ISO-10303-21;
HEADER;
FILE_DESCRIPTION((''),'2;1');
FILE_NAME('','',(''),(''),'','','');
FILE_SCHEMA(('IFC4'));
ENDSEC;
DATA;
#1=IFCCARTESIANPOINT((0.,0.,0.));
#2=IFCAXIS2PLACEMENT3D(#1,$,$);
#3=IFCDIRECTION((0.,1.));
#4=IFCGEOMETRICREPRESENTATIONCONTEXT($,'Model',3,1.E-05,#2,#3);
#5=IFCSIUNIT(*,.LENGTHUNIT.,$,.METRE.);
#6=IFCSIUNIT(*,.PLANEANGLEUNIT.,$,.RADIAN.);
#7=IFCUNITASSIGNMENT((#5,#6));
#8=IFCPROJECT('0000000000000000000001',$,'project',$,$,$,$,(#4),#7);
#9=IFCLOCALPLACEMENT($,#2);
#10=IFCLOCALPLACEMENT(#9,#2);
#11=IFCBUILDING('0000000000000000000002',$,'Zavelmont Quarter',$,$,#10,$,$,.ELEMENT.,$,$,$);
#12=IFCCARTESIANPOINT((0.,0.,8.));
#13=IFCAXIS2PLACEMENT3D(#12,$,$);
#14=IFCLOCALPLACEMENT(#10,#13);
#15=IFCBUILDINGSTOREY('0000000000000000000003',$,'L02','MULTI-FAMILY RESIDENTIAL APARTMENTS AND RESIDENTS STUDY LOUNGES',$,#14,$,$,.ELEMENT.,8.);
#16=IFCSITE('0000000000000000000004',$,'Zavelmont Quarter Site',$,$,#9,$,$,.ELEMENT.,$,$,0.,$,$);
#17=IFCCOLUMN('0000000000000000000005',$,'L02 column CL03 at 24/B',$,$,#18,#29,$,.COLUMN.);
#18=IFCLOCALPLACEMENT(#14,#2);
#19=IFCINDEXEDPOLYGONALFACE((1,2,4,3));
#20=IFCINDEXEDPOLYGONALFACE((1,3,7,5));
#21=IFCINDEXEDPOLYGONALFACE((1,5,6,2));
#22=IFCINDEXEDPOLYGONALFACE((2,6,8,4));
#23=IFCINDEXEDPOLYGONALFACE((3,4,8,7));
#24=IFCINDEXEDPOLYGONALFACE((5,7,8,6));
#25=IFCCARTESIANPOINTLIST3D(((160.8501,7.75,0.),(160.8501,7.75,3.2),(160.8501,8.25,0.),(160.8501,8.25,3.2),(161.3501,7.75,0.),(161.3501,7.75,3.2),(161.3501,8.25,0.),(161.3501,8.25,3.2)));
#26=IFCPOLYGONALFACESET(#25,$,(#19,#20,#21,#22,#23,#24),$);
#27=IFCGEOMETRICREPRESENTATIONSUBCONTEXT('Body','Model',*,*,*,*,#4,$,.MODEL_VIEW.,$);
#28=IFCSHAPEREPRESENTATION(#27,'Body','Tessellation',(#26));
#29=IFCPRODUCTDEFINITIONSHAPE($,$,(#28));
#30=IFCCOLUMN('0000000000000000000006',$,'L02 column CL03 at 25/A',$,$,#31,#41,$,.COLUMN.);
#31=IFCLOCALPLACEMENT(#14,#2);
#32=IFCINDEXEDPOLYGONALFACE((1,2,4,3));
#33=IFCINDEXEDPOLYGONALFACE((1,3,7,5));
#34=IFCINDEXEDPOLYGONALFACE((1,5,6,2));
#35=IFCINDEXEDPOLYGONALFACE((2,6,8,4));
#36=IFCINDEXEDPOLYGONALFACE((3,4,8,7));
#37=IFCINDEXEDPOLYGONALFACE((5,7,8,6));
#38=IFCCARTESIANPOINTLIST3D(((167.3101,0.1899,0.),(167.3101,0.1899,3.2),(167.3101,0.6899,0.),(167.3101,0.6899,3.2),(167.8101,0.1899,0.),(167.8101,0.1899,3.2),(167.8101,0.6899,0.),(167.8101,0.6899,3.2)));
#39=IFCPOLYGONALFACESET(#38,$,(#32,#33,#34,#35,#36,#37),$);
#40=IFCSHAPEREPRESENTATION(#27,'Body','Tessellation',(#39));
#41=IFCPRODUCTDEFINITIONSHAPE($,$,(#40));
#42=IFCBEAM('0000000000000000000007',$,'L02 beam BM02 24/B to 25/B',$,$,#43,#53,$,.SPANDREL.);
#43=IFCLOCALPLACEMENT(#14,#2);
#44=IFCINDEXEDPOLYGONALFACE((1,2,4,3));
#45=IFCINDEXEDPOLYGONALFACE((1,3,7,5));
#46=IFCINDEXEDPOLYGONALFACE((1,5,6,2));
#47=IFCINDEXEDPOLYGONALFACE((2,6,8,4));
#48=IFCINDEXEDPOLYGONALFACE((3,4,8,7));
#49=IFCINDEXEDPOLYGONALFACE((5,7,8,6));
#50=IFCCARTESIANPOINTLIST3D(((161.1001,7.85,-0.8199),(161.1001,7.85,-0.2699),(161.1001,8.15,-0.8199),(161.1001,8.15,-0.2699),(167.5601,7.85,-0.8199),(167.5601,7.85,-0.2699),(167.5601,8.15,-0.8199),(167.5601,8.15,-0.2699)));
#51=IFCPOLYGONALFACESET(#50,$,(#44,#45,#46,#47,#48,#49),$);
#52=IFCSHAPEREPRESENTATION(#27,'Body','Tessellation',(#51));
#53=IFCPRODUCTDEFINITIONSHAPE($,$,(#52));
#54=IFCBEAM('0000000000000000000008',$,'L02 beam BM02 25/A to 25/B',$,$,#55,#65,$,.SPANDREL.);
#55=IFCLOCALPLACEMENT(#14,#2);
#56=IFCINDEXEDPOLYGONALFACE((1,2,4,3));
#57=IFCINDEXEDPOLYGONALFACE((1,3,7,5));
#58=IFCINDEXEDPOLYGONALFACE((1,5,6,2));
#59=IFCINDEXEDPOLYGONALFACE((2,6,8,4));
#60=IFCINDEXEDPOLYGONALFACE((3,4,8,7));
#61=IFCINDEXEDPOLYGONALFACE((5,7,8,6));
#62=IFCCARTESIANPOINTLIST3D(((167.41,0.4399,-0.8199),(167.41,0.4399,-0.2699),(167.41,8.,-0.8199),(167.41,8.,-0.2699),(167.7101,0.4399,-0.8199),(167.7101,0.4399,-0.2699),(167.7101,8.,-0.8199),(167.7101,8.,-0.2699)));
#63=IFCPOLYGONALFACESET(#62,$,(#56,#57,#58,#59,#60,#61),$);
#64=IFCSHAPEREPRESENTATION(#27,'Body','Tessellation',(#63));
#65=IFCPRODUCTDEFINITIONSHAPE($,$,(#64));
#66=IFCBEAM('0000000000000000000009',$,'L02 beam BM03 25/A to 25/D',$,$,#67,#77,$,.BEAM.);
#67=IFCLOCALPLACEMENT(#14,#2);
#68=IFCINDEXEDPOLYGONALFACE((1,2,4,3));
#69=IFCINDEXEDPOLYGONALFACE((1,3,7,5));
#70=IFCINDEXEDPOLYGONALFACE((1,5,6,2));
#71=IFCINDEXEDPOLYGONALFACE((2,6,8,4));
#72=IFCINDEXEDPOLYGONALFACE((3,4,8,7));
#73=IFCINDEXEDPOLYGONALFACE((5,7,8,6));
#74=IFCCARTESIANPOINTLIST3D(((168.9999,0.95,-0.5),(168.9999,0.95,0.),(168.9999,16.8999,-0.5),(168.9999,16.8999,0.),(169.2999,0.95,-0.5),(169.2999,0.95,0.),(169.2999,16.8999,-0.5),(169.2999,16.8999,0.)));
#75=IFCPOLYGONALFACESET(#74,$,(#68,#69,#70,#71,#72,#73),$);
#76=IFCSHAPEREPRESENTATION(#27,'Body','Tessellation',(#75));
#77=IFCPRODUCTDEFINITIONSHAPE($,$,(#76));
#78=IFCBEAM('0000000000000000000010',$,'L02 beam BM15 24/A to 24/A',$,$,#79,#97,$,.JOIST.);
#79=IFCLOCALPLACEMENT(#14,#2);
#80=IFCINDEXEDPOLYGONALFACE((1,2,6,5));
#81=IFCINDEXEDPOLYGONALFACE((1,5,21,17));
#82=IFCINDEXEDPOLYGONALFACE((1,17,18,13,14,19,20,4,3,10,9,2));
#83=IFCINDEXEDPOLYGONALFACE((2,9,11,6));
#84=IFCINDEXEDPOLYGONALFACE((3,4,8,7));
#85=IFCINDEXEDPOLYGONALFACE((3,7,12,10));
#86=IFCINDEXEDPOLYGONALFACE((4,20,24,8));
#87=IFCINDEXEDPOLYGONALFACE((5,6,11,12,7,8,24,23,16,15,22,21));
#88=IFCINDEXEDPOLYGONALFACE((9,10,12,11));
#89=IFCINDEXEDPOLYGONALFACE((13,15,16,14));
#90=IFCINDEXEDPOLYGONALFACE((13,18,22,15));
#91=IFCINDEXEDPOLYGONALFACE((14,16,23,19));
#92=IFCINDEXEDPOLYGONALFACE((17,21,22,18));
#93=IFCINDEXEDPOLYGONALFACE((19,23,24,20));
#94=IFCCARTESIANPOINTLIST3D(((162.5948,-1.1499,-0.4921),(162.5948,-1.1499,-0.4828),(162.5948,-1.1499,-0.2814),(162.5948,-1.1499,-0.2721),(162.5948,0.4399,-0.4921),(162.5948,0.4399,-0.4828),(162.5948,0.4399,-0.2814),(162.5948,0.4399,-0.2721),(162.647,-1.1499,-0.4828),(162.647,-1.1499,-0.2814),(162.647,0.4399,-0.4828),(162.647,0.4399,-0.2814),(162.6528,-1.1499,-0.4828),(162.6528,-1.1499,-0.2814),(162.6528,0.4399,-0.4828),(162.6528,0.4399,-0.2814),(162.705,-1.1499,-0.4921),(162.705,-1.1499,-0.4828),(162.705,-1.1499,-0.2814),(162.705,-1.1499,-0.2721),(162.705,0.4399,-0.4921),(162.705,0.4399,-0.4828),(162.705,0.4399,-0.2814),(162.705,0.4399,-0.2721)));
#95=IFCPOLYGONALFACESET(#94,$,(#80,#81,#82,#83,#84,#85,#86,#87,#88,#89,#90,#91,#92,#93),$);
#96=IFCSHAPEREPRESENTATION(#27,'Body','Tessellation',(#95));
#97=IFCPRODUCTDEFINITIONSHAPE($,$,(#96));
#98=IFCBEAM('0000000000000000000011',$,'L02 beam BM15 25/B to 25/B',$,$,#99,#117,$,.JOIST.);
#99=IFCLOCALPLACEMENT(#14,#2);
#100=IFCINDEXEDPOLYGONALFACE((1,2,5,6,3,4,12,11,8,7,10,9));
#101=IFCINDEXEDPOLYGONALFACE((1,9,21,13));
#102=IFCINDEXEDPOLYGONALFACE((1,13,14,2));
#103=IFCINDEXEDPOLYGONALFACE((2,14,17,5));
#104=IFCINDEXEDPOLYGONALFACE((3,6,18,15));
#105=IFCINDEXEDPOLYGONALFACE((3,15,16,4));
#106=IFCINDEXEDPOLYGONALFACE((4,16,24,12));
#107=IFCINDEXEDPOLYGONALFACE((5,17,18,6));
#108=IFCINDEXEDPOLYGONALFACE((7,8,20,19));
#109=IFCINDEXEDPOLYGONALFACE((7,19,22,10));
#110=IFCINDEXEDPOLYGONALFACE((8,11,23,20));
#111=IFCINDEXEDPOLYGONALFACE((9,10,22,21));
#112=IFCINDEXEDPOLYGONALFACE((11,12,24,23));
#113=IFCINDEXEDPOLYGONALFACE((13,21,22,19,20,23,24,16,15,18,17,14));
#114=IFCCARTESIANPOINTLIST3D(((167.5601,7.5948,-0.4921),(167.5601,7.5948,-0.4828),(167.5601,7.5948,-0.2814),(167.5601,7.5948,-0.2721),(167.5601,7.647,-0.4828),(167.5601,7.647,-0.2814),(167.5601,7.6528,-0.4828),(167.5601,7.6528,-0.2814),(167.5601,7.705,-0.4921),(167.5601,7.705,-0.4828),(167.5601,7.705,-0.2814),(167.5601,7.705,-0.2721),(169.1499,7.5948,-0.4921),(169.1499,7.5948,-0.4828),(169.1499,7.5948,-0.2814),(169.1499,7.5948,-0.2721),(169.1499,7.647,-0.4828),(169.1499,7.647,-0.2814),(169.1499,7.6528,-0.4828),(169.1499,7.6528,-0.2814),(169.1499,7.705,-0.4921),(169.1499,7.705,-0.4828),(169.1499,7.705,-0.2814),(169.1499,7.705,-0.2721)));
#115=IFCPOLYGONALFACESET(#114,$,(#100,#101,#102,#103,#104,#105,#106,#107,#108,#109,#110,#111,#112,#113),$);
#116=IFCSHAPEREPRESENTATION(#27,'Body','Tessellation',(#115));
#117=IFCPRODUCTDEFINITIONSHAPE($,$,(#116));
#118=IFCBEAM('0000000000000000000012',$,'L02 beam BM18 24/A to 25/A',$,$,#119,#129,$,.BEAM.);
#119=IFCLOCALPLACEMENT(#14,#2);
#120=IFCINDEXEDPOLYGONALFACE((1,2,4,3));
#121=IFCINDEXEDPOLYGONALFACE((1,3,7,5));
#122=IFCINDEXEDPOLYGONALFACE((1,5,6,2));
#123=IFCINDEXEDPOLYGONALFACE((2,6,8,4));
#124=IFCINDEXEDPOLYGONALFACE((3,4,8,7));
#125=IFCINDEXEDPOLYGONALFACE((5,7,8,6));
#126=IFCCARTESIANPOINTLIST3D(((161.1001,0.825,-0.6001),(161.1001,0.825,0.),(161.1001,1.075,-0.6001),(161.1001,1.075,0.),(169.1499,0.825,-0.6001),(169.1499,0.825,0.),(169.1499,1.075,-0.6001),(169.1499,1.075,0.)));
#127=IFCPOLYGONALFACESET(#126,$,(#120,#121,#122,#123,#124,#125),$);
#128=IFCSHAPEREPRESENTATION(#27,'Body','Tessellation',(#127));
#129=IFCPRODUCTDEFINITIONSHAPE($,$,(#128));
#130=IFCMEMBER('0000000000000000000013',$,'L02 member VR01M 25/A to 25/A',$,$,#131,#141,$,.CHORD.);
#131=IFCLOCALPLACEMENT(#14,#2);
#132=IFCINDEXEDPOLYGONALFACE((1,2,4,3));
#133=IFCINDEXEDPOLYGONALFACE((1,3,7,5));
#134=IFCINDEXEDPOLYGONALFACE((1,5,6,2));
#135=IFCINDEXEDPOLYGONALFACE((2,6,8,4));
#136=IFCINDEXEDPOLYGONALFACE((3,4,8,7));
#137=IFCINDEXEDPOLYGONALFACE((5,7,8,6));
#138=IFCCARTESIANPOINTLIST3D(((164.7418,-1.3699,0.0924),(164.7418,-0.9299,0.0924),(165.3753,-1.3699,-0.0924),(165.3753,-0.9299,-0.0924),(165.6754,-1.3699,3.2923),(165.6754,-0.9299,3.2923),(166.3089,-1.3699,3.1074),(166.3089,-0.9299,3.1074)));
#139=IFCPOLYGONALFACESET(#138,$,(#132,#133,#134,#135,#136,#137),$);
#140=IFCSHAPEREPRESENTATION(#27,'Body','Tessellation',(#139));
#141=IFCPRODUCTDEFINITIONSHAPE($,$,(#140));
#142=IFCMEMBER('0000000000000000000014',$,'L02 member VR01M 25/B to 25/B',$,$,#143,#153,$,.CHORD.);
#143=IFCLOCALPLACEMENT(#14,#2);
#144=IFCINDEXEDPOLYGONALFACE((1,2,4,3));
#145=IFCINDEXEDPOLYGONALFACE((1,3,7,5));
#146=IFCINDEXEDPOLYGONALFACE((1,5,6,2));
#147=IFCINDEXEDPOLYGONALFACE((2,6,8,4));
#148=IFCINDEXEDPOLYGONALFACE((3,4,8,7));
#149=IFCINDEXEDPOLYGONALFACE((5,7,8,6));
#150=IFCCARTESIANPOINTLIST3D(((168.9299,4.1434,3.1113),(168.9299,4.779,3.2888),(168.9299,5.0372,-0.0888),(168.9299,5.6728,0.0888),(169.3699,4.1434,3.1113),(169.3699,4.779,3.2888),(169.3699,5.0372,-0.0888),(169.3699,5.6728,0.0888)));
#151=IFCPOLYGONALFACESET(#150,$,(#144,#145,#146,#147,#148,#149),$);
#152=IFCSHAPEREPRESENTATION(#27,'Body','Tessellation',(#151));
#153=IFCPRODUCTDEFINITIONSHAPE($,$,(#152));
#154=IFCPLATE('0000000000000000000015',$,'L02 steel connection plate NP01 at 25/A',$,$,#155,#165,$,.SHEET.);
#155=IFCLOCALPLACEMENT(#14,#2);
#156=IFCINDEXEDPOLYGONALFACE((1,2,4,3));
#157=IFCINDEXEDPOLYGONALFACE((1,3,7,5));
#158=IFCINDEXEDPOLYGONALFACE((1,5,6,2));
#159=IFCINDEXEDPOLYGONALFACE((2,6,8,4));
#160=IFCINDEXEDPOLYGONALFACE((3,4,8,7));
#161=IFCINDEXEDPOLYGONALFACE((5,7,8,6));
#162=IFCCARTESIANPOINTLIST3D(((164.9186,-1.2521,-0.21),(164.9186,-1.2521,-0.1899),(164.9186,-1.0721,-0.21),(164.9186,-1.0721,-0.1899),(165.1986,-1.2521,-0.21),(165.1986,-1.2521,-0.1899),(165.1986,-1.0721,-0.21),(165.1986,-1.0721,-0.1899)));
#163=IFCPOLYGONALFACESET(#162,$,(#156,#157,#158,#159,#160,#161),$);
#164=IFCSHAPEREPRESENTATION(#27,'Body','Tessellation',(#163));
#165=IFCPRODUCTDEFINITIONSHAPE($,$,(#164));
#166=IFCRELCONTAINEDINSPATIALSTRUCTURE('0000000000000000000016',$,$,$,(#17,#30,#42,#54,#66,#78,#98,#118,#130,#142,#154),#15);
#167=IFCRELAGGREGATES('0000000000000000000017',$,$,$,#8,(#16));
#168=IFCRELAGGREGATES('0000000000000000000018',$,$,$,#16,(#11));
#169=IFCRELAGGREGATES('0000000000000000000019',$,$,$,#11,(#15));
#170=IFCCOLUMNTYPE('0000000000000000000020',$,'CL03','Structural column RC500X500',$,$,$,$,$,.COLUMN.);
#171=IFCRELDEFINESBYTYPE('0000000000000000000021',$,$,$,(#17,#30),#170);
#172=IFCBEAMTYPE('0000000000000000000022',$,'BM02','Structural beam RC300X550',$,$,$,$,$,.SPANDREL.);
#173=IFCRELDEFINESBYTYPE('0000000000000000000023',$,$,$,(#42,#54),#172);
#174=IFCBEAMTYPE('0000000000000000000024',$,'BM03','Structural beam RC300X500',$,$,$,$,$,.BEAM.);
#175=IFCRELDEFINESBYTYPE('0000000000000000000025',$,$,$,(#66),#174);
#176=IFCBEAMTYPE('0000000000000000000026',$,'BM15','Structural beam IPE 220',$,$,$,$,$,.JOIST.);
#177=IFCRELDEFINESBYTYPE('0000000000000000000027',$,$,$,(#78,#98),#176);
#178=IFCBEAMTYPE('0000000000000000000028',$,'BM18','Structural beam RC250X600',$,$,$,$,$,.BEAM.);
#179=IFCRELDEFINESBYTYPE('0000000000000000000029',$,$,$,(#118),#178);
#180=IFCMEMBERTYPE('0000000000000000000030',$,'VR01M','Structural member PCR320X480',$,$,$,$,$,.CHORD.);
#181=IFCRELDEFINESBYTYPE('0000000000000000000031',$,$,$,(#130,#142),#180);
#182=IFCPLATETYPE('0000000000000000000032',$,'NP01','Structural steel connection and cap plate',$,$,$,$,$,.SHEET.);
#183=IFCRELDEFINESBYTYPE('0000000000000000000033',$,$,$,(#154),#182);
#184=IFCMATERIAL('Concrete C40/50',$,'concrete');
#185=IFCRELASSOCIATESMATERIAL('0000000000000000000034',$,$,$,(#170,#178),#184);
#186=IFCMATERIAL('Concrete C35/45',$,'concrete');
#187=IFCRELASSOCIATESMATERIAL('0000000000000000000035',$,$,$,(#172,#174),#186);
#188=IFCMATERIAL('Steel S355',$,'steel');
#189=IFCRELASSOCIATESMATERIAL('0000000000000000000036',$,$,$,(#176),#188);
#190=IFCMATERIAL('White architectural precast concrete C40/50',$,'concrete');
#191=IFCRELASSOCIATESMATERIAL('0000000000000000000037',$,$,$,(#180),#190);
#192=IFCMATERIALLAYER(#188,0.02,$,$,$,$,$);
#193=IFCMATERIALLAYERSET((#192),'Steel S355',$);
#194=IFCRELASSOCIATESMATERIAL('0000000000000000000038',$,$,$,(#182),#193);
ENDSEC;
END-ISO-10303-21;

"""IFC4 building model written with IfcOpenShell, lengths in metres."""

from ifc_helpers import new_model, si_unit, direction, frame, origin, origin_2d, place, context, subcontext, project, spatial, rectangle, i_section, extrude, material, layer, layer_set, material_profile, profile_set, type_object, element, save


model = new_model("IFC4")

# Units and contexts
model_context = context("Model", 3, precision=1e-05, world=origin(), true_north=direction((0.0, 1.0)))
body_context = subcontext(model_context, "Body", "Model", "MODEL_VIEW")
ifc_project = project(units=[si_unit("LENGTHUNIT", "METRE"), si_unit("PLANEANGLEUNIT", "RADIAN")], contexts=[model_context])

# Site, building, storey
site_placement = place(None, origin())
site = spatial("IfcSite", under=ifc_project, at=site_placement, Name="Zavelmont Quarter Site", CompositionType="ELEMENT", RefElevation=0.0)
building_placement = place(site_placement, origin())
building = spatial("IfcBuilding", under=site, at=building_placement, Name="Zavelmont Quarter", CompositionType="ELEMENT")
storey_placement = place(building_placement, frame((0.0, 0.0, 8.0)))
storey = spatial("IfcBuildingStorey", under=building, at=storey_placement, Name="L02", Description="MULTI-FAMILY RESIDENTIAL APARTMENTS AND RESIDENTS STUDY LOUNGES", CompositionType="ELEMENT", Elevation=8.0)

# Columns
ifc_material_1 = material(Name="Concrete C40/50", Category="concrete")
ifc_material_profile_1 = material_profile(ifc_material_1, rectangle(XDim=0.5, YDim=0.5, at=origin_2d()), Name="RC500X500")
ifc_profile_set_1 = profile_set([ifc_material_profile_1], Name="Concrete C40/50")
column_type = type_object("IfcColumnType", Name="CL03", Description="Structural column RC500X500", PredefinedType="COLUMN", material=ifc_profile_set_1)
for number, where, z_axis, x_axis, name in (
    (1, (161.1001, 8.0, 0.0), (0.0, 0.0, 1.0), (1.0, 0.0, 0.0), "L02 column CL03 at 24/B"),
    (2, (167.5601, 0.4399, 0.0), (0.0, 0.0, 1.0), (1.0, 0.0, 0.0), "L02 column CL03 at 25/A"),
):
    element("IfcColumn", number, at=place(storey_placement, frame(where, z_axis=z_axis, x_axis=x_axis)), inside=storey, type_object=column_type, Name=name, PredefinedType="COLUMN", context=body_context, shape_type="SweptSolid", body=[
        extrude(rectangle(XDim=0.5, YDim=0.5, at=origin_2d()), origin(), (0.0, 0.0, 1.0), 3.2),
    ])

# Beams
ifc_material_2 = material(Name="Concrete C35/45", Category="concrete")
ifc_material_profile_2 = material_profile(ifc_material_2, rectangle(XDim=0.3, YDim=0.55, at=origin_2d()), Name="RC300X550")
ifc_profile_set_2 = profile_set([ifc_material_profile_2], Name="Concrete C35/45")
beam_type_1 = type_object("IfcBeamType", Name="BM02", Description="Structural beam RC300X550", PredefinedType="SPANDREL", material=ifc_profile_set_2)
beam_1_placement = place(storey_placement, frame((161.1001, 8.0, -0.5449), z_axis=(1.0, 0.0, 0.0), x_axis=(0.0, 1.0, 0.0)))
element("IfcBeam", 3, at=beam_1_placement, inside=storey, type_object=beam_type_1, Name="L02 beam BM02 24/B to 25/B", PredefinedType="SPANDREL", context=body_context, shape_type="SweptSolid", body=[
    extrude(rectangle(XDim=0.3, YDim=0.55, at=origin_2d()), origin(), (0.0, 0.0, 1.0), 6.46),
])
beam_2_placement = place(storey_placement, frame((167.5601, 0.4399, -0.5449), z_axis=(0.0, 1.0, 0.0), x_axis=(-1.0, 0.0, 0.0)))
element("IfcBeam", 4, at=beam_2_placement, inside=storey, type_object=beam_type_1, Name="L02 beam BM02 25/A to 25/B", PredefinedType="SPANDREL", context=body_context, shape_type="SweptSolid", body=[
    extrude(rectangle(XDim=0.3, YDim=0.55, at=origin_2d()), origin(), (0.0, 0.0, 1.0), 7.5601),
])
ifc_material_profile_3 = material_profile(ifc_material_2, rectangle(XDim=0.3, YDim=0.5, at=origin_2d()), Name="RC300X500")
ifc_profile_set_3 = profile_set([ifc_material_profile_3], Name="Concrete C35/45")
beam_type_2 = type_object("IfcBeamType", Name="BM03", Description="Structural beam RC300X500", PredefinedType="BEAM", material=ifc_profile_set_3)
beam_3_placement = place(storey_placement, frame((169.1499, 0.95, -0.25), z_axis=(0.0, 1.0, 0.0), x_axis=(-1.0, 0.0, 0.0)))
element("IfcBeam", 5, at=beam_3_placement, inside=storey, type_object=beam_type_2, Name="L02 beam BM03 25/A to 25/D", PredefinedType="BEAM", context=body_context, shape_type="SweptSolid", body=[
    extrude(rectangle(XDim=0.3, YDim=0.5, at=origin_2d()), origin(), (0.0, 0.0, 1.0), 15.95),
])
ifc_material_3 = material(Name="Steel S355", Category="steel")
ifc_material_profile_4 = material_profile(ifc_material_3, i_section(OverallWidth=0.1101, OverallDepth=0.22, WebThickness=0.0059, FlangeThickness=0.0093, at=origin_2d()), Name="IPE 220")
ifc_profile_set_4 = profile_set([ifc_material_profile_4], Name="Steel S355")
beam_type_3 = type_object("IfcBeamType", Name="BM15", Description="Structural beam IPE 220", PredefinedType="JOIST", material=ifc_profile_set_4)
for number, where, z_axis, x_axis, name in (
    (6, (162.6499, 0.4399, -0.3821), (0.0, -1.0, 0.0), (1.0, 0.0, 0.0), "L02 beam BM15 24/A to 24/A"),
    (7, (167.5601, 7.6499, -0.3821), (1.0, 0.0, 0.0), (0.0, 1.0, 0.0), "L02 beam BM15 25/B to 25/B"),
):
    element("IfcBeam", number, at=place(storey_placement, frame(where, z_axis=z_axis, x_axis=x_axis)), inside=storey, type_object=beam_type_3, Name=name, PredefinedType="JOIST", context=body_context, shape_type="SweptSolid", body=[
        extrude(i_section(OverallWidth=0.1101, OverallDepth=0.22, WebThickness=0.0059, FlangeThickness=0.0093, at=origin_2d()), origin(), (0.0, 0.0, 1.0), 1.5898),
    ])
ifc_material_profile_5 = material_profile(ifc_material_1, rectangle(XDim=0.25, YDim=0.6001, at=origin_2d()), Name="RC250X600")
ifc_profile_set_5 = profile_set([ifc_material_profile_5], Name="Concrete C40/50")
beam_type_4 = type_object("IfcBeamType", Name="BM18", Description="Structural beam RC250X600", PredefinedType="BEAM", material=ifc_profile_set_5)
beam_4_placement = place(storey_placement, frame((161.1001, 0.95, -0.3), z_axis=(1.0, 0.0, 0.0), x_axis=(0.0, 1.0, 0.0)))
element("IfcBeam", 8, at=beam_4_placement, inside=storey, type_object=beam_type_4, Name="L02 beam BM18 24/A to 25/A", PredefinedType="BEAM", context=body_context, shape_type="SweptSolid", body=[
    extrude(rectangle(XDim=0.25, YDim=0.6001, at=origin_2d()), origin(), (0.0, 0.0, 1.0), 8.0498),
])

# Members
ifc_material_4 = material(Name="White architectural precast concrete C40/50", Category="concrete")
ifc_material_profile_6 = material_profile(ifc_material_4, rectangle(XDim=0.4399, YDim=0.6599, at=origin_2d()), Name="PCR320X480")
ifc_profile_set_6 = profile_set([ifc_material_profile_6], Name="White architectural precast concrete C40/50")
member_type = type_object("IfcMemberType", Name="VR01M", Description="Structural member PCR320X480", PredefinedType="CHORD", material=ifc_profile_set_6)
member_1_placement = place(storey_placement, frame((165.0586, -1.1499, 0.0), z_axis=(0.280076, 0.0, 0.959978), x_axis=(0.0, 1.0, 0.0)))
element("IfcMember", 9, at=member_1_placement, inside=storey, type_object=member_type, Name="L02 member VR01M 25/A to 25/A", PredefinedType="CHORD", context=body_context, shape_type="SweptSolid", body=[
    extrude(rectangle(XDim=0.4399, YDim=0.6599, at=origin_2d()), origin(), (0.0, 0.0, 1.0), 3.3333),
])
member_2_placement = place(storey_placement, frame((169.1499, 5.355, 0.0), z_axis=(0.0, -0.269019, 0.963135), x_axis=(1.0, 0.0, 0.0)))
element("IfcMember", 10, at=member_2_placement, inside=storey, type_object=member_type, Name="L02 member VR01M 25/B to 25/B", PredefinedType="CHORD", context=body_context, shape_type="SweptSolid", body=[
    extrude(rectangle(XDim=0.4399, YDim=0.6599, at=origin_2d()), origin(), (0.0, 0.0, 1.0), 3.3225),
])

# Plate
ifc_layer_1 = layer(ifc_material_3, 0.02)
ifc_layer_set_1 = layer_set([ifc_layer_1], Name="Steel S355")
plate_type = type_object("IfcPlateType", Name="NP01", Description="Structural steel connection and cap plate", PredefinedType="SHEET", material=ifc_layer_set_1)
plate_placement = place(storey_placement, frame((165.0586, -1.1621, -0.21), z_axis=(0.0, 0.0, 1.0), x_axis=(1.0, 0.0, 0.0)))
element("IfcPlate", 11, at=plate_placement, inside=storey, type_object=plate_type, Name="L02 steel connection plate NP01 at 25/A", PredefinedType="SHEET", context=body_context, shape_type="SweptSolid", body=[
    extrude(rectangle(XDim=0.28, YDim=0.1799, at=origin_2d()), origin(), (0.0, 0.0, 1.0), 0.02),
])

save(model, "model.ifc")
